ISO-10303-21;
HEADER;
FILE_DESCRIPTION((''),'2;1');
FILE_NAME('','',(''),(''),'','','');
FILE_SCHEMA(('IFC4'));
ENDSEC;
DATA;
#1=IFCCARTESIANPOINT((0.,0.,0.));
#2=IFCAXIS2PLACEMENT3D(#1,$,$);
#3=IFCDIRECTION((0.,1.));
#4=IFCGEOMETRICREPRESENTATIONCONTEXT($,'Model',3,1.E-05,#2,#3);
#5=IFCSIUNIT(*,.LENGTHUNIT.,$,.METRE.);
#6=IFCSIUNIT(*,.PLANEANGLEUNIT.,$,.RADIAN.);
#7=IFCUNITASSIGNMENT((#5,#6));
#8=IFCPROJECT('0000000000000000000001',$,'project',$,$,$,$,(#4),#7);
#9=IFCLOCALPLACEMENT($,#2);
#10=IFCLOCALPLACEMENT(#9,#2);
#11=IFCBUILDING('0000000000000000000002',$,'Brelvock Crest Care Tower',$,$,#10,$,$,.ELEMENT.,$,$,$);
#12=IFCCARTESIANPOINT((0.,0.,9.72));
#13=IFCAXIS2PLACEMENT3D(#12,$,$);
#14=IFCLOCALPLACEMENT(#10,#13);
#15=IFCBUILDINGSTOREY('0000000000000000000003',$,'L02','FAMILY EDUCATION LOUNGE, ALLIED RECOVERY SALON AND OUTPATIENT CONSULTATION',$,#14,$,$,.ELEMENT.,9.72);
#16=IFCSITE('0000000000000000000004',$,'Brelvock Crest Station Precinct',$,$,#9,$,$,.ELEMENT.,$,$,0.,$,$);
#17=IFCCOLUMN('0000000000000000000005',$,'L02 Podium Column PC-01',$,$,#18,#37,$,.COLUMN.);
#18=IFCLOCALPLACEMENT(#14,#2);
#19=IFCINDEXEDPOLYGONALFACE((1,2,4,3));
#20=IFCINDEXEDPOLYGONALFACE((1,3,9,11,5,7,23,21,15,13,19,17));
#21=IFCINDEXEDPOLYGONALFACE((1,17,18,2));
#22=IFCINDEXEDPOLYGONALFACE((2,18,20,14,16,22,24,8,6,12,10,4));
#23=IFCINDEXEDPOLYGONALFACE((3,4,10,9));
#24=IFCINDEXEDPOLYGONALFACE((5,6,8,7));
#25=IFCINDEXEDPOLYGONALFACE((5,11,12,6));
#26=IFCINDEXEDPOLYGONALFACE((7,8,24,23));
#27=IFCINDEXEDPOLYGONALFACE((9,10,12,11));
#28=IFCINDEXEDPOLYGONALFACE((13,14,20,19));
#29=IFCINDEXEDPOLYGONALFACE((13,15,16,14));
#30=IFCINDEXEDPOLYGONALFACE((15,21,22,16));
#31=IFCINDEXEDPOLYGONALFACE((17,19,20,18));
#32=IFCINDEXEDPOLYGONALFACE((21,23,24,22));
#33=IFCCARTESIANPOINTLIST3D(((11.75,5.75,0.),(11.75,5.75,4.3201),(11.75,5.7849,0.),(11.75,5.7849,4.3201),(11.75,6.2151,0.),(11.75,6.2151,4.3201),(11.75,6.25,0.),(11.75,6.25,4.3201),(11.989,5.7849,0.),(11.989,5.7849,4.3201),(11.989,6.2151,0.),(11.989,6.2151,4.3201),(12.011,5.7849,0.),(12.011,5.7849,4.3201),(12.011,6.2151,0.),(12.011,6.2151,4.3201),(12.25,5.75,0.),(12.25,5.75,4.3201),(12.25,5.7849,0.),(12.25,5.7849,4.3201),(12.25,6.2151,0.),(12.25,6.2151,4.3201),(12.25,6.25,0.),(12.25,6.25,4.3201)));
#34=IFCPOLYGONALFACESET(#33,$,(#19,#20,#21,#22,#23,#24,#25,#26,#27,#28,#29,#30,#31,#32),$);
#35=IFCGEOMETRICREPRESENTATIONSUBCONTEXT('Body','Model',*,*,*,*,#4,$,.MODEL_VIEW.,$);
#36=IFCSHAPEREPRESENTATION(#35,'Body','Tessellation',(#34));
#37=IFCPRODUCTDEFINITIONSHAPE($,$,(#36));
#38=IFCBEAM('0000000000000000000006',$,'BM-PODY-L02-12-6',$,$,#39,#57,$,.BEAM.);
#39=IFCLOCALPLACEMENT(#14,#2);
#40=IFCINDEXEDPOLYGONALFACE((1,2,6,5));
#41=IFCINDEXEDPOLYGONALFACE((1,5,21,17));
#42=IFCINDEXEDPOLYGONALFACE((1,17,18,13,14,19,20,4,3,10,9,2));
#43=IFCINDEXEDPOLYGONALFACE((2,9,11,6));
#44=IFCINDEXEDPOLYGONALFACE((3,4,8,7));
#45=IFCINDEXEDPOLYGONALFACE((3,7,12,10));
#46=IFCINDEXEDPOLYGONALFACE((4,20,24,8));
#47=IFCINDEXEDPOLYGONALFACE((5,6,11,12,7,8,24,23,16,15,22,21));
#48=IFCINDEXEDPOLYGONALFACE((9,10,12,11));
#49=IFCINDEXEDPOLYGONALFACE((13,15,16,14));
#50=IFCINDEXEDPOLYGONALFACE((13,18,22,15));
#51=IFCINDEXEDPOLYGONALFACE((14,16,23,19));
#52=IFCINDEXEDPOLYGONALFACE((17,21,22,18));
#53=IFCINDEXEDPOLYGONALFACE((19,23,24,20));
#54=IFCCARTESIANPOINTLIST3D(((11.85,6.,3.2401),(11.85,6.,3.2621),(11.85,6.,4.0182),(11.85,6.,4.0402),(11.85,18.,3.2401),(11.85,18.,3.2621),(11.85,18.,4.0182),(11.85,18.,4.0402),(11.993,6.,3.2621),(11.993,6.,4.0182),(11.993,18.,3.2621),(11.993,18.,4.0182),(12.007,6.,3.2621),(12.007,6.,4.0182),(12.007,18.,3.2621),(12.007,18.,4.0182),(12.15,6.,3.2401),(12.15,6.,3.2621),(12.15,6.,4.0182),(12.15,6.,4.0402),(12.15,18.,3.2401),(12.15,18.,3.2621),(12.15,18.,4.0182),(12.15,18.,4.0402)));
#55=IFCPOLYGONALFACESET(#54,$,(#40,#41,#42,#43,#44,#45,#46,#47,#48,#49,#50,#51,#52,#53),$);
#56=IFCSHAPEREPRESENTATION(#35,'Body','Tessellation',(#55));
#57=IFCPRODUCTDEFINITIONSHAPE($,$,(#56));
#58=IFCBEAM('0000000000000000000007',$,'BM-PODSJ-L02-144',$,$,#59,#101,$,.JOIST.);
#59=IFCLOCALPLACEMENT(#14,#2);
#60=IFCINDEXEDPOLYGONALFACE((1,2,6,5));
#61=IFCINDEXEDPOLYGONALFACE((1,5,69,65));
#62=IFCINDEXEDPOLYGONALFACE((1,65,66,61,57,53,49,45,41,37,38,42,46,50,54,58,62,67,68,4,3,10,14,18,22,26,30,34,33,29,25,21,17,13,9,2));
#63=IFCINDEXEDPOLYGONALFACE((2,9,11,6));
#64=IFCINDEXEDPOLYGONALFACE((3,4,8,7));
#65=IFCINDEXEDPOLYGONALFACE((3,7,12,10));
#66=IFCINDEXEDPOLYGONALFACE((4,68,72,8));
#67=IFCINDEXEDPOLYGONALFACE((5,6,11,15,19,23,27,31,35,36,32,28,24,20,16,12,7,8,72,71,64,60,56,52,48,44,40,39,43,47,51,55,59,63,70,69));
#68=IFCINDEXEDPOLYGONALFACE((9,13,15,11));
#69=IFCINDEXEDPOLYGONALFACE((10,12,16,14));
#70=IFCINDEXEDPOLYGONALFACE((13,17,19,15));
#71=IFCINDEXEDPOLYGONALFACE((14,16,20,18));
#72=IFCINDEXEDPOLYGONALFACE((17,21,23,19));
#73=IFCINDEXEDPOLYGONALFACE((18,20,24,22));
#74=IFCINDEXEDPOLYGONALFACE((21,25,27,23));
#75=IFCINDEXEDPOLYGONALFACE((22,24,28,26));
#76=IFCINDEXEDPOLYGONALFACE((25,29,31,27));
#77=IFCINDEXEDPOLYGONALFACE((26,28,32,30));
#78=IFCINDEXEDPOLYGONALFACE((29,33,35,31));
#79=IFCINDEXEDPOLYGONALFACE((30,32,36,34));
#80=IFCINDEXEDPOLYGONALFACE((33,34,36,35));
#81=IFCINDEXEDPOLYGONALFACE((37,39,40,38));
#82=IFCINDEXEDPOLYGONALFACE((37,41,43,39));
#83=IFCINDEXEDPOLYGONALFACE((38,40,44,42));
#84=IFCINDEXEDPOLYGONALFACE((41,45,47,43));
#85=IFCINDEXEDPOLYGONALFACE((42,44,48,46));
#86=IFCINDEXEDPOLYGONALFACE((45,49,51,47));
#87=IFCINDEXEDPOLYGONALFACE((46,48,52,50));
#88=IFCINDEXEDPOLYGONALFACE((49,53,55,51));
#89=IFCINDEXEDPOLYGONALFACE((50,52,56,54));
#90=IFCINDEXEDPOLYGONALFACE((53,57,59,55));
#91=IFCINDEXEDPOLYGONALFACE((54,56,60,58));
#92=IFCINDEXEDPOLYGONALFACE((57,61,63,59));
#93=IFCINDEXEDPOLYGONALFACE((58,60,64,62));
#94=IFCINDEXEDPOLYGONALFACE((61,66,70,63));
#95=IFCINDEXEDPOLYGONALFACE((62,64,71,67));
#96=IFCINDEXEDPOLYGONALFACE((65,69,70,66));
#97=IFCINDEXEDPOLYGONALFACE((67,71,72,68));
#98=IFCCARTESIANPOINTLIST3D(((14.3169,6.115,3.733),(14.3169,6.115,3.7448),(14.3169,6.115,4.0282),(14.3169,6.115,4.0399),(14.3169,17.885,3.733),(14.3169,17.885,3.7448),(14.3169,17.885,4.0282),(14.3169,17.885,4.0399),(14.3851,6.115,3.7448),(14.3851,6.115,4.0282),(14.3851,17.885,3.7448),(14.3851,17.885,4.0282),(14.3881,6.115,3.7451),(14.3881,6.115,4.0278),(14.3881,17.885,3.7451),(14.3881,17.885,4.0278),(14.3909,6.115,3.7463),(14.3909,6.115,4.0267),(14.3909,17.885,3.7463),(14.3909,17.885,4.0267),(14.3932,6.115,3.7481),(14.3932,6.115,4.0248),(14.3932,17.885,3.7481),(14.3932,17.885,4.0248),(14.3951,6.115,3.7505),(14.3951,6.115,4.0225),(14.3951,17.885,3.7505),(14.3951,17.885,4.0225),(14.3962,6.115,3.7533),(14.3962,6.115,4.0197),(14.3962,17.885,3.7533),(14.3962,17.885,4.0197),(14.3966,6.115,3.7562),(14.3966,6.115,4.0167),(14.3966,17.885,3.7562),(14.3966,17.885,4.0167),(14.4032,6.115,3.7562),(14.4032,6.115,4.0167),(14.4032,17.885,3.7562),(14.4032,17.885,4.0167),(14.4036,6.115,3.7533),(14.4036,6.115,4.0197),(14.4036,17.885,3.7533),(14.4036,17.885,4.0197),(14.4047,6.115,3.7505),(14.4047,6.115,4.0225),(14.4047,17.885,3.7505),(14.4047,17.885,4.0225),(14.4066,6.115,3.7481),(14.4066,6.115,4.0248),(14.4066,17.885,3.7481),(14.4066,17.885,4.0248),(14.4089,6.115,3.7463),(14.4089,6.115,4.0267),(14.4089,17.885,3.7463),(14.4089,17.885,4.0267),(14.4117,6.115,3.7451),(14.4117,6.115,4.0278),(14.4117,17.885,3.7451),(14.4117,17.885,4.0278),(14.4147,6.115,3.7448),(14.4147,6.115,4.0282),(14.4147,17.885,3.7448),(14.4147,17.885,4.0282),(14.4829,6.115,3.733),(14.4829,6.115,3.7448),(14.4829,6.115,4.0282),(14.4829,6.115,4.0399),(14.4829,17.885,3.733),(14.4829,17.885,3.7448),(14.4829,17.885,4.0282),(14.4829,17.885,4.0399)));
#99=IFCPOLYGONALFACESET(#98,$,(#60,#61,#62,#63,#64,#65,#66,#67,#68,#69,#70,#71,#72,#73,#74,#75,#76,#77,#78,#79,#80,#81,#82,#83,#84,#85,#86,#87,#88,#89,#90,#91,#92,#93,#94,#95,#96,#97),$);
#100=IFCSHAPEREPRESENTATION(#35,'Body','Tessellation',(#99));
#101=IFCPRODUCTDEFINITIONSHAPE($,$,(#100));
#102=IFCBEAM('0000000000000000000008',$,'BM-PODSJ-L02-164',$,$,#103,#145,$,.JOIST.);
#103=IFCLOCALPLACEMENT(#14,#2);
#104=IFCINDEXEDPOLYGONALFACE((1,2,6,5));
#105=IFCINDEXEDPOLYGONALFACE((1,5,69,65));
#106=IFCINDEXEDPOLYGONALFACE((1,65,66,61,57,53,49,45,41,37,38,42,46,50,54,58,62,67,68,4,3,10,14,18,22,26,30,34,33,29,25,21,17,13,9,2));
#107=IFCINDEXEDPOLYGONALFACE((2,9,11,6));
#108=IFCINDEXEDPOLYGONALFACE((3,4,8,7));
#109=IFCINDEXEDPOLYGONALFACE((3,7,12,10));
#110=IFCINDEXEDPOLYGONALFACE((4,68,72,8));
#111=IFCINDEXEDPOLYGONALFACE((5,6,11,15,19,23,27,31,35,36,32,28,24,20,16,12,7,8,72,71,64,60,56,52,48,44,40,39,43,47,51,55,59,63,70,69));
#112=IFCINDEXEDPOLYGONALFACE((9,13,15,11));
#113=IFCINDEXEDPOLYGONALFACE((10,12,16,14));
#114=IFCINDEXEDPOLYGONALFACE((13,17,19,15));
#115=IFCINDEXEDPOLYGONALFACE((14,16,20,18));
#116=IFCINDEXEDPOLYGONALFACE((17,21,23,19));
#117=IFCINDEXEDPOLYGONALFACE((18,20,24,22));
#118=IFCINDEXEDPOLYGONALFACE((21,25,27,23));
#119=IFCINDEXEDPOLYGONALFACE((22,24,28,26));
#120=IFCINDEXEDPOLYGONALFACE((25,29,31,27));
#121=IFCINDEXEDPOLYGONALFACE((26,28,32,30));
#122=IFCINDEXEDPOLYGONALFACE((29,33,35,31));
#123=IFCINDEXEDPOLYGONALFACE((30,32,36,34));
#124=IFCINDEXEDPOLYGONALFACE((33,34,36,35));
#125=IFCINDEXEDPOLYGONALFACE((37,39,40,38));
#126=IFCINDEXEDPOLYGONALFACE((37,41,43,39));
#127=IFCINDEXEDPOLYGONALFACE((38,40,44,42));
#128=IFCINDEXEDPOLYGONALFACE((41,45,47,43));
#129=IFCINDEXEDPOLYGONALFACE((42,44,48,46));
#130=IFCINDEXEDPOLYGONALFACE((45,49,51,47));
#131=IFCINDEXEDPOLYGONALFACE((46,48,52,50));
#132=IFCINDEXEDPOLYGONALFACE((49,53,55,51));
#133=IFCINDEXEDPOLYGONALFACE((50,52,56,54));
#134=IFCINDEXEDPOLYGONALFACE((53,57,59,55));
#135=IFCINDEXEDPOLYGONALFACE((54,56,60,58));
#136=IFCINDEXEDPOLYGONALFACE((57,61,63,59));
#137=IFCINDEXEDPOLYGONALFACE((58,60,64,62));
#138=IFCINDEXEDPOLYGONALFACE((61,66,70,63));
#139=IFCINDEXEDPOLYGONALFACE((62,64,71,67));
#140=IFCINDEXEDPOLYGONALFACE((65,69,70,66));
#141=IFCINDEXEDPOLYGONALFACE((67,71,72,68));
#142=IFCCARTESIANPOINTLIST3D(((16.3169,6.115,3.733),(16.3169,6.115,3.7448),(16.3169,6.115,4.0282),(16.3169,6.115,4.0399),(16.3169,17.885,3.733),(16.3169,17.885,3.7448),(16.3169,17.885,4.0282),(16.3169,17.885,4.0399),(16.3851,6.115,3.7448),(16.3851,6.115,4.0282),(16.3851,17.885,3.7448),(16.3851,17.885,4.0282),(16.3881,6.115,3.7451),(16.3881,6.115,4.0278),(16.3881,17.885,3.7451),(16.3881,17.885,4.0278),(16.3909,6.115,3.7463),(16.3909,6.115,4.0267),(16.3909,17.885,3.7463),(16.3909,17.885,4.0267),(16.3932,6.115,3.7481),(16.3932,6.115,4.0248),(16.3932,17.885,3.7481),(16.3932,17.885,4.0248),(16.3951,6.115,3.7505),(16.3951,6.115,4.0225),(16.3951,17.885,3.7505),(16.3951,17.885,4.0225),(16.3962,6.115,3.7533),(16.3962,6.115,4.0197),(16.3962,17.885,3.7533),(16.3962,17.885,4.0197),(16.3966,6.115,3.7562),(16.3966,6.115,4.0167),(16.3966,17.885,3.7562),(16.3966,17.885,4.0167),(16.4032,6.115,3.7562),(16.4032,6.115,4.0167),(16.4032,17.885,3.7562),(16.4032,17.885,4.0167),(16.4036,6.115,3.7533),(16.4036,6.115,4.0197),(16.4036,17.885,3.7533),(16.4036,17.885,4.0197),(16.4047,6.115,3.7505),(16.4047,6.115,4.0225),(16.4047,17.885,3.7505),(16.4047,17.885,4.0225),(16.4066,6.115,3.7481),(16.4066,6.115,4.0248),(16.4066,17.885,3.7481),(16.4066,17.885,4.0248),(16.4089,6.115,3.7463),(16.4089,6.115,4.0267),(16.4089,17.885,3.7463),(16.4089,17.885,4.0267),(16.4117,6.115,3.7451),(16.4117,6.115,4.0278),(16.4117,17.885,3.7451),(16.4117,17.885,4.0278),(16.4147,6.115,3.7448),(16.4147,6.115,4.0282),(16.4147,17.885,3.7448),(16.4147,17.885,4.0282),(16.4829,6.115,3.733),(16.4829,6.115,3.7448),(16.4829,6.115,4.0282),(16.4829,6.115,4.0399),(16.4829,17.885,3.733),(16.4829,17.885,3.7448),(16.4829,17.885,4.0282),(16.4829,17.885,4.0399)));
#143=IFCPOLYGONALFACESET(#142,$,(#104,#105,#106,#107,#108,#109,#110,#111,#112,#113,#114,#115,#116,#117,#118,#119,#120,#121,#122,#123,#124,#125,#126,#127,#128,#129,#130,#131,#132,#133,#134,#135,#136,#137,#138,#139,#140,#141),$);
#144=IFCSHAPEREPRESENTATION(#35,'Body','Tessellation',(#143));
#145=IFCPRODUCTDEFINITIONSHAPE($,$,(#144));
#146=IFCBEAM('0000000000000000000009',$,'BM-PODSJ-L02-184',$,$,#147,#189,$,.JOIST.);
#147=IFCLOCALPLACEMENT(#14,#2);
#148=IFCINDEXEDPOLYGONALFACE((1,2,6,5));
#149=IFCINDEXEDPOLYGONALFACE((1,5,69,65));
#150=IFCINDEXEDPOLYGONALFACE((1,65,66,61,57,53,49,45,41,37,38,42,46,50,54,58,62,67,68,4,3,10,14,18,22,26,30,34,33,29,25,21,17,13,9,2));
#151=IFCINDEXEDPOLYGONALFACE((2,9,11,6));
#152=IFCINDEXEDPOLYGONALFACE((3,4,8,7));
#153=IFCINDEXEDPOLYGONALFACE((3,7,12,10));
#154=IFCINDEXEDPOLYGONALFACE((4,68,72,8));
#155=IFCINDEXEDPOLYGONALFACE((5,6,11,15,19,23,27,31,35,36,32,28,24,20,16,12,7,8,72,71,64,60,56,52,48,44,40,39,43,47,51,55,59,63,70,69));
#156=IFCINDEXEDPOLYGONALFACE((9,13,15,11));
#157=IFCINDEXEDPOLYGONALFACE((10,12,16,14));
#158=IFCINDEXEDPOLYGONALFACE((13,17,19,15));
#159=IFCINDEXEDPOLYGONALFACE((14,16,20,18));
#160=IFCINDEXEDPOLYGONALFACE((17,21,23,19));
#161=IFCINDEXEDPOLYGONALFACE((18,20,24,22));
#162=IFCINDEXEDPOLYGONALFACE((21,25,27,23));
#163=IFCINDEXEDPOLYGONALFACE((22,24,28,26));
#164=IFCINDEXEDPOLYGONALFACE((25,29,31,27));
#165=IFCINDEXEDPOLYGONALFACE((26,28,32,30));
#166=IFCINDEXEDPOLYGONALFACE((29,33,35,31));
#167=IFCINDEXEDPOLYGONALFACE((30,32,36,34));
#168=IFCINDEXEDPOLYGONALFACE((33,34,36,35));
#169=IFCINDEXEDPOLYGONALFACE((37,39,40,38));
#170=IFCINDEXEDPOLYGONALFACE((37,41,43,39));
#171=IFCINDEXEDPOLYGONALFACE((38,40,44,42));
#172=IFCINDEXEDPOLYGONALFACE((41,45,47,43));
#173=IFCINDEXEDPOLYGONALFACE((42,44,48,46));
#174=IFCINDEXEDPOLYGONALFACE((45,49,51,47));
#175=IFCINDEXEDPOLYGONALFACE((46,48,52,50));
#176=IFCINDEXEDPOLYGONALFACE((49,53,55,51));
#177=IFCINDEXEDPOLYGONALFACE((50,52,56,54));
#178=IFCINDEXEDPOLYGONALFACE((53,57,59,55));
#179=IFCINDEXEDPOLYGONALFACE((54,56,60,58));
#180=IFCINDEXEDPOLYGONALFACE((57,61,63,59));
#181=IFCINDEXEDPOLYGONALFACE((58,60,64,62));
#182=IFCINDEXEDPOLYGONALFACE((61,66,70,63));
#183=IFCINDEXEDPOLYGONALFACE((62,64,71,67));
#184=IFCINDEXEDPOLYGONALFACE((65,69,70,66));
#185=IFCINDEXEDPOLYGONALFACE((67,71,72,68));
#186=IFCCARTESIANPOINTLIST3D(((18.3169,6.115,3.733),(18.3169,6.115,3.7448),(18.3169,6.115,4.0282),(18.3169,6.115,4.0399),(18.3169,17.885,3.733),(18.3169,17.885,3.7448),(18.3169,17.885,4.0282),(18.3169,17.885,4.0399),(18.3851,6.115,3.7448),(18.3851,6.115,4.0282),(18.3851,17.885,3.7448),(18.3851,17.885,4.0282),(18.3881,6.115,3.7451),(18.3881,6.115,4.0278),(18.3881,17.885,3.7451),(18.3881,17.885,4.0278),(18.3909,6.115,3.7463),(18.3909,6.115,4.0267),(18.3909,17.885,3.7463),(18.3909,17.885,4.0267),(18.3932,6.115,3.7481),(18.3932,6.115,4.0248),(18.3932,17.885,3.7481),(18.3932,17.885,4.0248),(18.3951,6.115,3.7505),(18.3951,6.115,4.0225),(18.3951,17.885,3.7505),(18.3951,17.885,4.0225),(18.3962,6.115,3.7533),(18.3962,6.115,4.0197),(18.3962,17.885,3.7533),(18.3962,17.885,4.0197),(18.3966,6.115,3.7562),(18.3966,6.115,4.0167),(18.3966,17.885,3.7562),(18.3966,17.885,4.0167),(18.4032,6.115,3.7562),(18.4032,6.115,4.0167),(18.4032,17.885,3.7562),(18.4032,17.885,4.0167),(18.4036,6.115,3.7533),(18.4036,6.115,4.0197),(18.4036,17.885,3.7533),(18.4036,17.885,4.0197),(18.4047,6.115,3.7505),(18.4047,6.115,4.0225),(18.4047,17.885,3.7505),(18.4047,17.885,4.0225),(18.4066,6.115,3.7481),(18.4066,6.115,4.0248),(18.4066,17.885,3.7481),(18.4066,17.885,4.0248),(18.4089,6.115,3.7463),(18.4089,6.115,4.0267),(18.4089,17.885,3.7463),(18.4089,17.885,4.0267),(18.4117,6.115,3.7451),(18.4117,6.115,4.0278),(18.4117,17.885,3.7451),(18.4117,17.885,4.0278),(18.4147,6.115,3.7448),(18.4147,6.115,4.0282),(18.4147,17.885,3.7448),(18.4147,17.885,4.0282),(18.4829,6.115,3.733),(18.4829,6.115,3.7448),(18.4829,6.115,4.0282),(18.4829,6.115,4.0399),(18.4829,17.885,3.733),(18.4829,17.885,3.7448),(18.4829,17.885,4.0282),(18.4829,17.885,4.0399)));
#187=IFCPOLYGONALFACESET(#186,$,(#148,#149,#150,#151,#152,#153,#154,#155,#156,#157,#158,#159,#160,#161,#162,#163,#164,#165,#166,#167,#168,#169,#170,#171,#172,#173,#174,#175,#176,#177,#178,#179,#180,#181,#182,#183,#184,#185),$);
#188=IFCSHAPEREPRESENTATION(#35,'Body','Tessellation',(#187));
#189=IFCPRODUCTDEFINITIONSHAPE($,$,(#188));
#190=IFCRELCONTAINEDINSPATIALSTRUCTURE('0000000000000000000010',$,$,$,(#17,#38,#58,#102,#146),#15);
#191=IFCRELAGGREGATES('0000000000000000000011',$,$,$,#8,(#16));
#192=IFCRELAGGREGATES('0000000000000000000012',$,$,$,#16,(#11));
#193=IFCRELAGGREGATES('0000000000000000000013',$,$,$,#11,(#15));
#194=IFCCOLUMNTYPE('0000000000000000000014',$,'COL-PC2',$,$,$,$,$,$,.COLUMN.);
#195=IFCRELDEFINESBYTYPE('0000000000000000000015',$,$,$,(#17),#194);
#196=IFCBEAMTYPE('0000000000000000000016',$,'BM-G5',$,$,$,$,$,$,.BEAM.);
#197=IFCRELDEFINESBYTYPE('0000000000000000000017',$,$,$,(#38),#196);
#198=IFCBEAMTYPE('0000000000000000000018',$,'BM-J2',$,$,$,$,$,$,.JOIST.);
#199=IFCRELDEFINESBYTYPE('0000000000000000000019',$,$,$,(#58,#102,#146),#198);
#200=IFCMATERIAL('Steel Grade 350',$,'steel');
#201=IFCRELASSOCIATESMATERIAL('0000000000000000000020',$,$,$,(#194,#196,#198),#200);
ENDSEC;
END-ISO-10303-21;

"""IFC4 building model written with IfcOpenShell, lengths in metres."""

from ifc_helpers import new_model, si_unit, direction, frame, origin, origin_2d, place, context, subcontext, project, spatial, i_section, extrude, source, transform, mapped, material, material_profile, profile_set, type_object, element, save


model = new_model("IFC4")

# Units and contexts
model_context = context("Model", 3, precision=1e-05, world=origin(), true_north=direction((0.0, 1.0)))
body_context = subcontext(model_context, "Body", "Model", "MODEL_VIEW")
ifc_project = project(units=[si_unit("LENGTHUNIT", "METRE"), si_unit("PLANEANGLEUNIT", "RADIAN")], contexts=[model_context])

# Site, building, storey
site_placement = place(None, origin())
site = spatial("IfcSite", under=ifc_project, at=site_placement, Name="Brelvock Crest Station Precinct", CompositionType="ELEMENT", RefElevation=0.0)
building_placement = place(site_placement, origin())
building = spatial("IfcBuilding", under=site, at=building_placement, Name="Brelvock Crest Care Tower", CompositionType="ELEMENT")
storey_placement = place(building_placement, frame((0.0, 0.0, 9.72)))
storey = spatial("IfcBuildingStorey", under=building, at=storey_placement, Name="L02", Description="FAMILY EDUCATION LOUNGE, ALLIED RECOVERY SALON AND OUTPATIENT CONSULTATION", CompositionType="ELEMENT", Elevation=9.72)

# Column
ifc_material_1 = material(Name="Steel Grade 350", Category="steel")
ifc_material_profile_1 = material_profile(ifc_material_1, i_section(OverallWidth=0.5, OverallDepth=0.5, WebThickness=0.022, FlangeThickness=0.0349, at=origin_2d()), Name="500WC340")
ifc_profile_set_1 = profile_set([ifc_material_profile_1], Name="Steel Grade 350")
column_type = type_object("IfcColumnType", Name="COL-PC2", PredefinedType="COLUMN", material=ifc_profile_set_1)
shared_shape_1 = source(origin(), body_context, "Body", "SweptSolid", [
    extrude(i_section(OverallWidth=0.5, OverallDepth=0.5, WebThickness=0.022, FlangeThickness=0.0349, at=origin_2d()), origin(), (0.0, 0.0, 1.0), 4.3201),
])
column_placement = place(storey_placement, frame((12.0, 6.0, 0.0), z_axis=(0.0, 0.0, 1.0), x_axis=(1.0, 0.0, 0.0)))
element("IfcColumn", 1, at=column_placement, inside=storey, type_object=column_type, Name="L02 Podium Column PC-01", PredefinedType="COLUMN", context=body_context, shape_type="MappedRepresentation", body=[
    mapped(shared_shape_1, transform((0.0, 0.0, 0.0), x_axis=(1.0, 0.0, 0.0), y_axis=(0.0, 1.0, 0.0), z_axis=(0.0, 0.0, 1.0), scale=1.0)),
])

# Beams
ifc_material_profile_2 = material_profile(ifc_material_1, i_section(OverallWidth=0.3, OverallDepth=0.8, WebThickness=0.0139, FlangeThickness=0.022, at=origin_2d()), Name="800WB192")
ifc_profile_set_2 = profile_set([ifc_material_profile_2], Name="Steel Grade 350")
beam_type_1 = type_object("IfcBeamType", Name="BM-G5", PredefinedType="BEAM", material=ifc_profile_set_2)
shared_shape_2 = source(origin(), body_context, "Body", "SweptSolid", [
    extrude(i_section(OverallWidth=0.3, OverallDepth=0.8, WebThickness=0.0139, FlangeThickness=0.022, at=origin_2d()), origin(), (0.0, 0.0, 1.0), 12.0),
])
beam_1_placement = place(storey_placement, frame((12.0, 6.0, 3.6401), z_axis=(0.0, 1.0, 0.0), x_axis=(-1.0, 0.0, 0.0)))
element("IfcBeam", 2, at=beam_1_placement, inside=storey, type_object=beam_type_1, Name="BM-PODY-L02-12-6", PredefinedType="BEAM", context=body_context, shape_type="MappedRepresentation", body=[
    mapped(shared_shape_2, transform((0.0, 0.0, 0.0), x_axis=(1.0, 0.0, 0.0), y_axis=(0.0, 1.0, 0.0), z_axis=(0.0, 0.0, 1.0), scale=1.0)),
])
ifc_material_profile_3 = material_profile(ifc_material_1, i_section(OverallWidth=0.166, OverallDepth=0.3069, WebThickness=0.0066, FlangeThickness=0.0117, FilletRadius=0.0115, at=origin_2d()), Name="310UB46.2")
ifc_profile_set_3 = profile_set([ifc_material_profile_3], Name="Steel Grade 350")
beam_type_2 = type_object("IfcBeamType", Name="BM-J2", PredefinedType="JOIST", material=ifc_profile_set_3)
shared_shape_3 = source(origin(), body_context, "Body", "SweptSolid", [
    extrude(i_section(OverallWidth=0.166, OverallDepth=0.3069, WebThickness=0.0066, FlangeThickness=0.0117, FilletRadius=0.0115, at=origin_2d()), origin(), (0.0, 0.0, 1.0), 11.77),
])
for number, where, z_axis, x_axis, name in (
    (3, (14.3999, 6.115, 3.8865), (0.0, 1.0, 0.0), (-1.0, 0.0, 0.0), "BM-PODSJ-L02-144"),
    (4, (16.3999, 6.115, 3.8865), (0.0, 1.0, 0.0), (-1.0, 0.0, 0.0), "BM-PODSJ-L02-164"),
    (5, (18.3999, 6.115, 3.8865), (0.0, 1.0, 0.0), (-1.0, 0.0, 0.0), "BM-PODSJ-L02-184"),
):
    element("IfcBeam", number, at=place(storey_placement, frame(where, z_axis=z_axis, x_axis=x_axis)), inside=storey, type_object=beam_type_2, Name=name, PredefinedType="JOIST", context=body_context, shape_type="MappedRepresentation", body=[
        mapped(shared_shape_3, transform((0.0, 0.0, 0.0), x_axis=(1.0, 0.0, 0.0), y_axis=(0.0, 1.0, 0.0), z_axis=(0.0, 0.0, 1.0), scale=1.0)),
    ])

save(model, "model.ifc")
